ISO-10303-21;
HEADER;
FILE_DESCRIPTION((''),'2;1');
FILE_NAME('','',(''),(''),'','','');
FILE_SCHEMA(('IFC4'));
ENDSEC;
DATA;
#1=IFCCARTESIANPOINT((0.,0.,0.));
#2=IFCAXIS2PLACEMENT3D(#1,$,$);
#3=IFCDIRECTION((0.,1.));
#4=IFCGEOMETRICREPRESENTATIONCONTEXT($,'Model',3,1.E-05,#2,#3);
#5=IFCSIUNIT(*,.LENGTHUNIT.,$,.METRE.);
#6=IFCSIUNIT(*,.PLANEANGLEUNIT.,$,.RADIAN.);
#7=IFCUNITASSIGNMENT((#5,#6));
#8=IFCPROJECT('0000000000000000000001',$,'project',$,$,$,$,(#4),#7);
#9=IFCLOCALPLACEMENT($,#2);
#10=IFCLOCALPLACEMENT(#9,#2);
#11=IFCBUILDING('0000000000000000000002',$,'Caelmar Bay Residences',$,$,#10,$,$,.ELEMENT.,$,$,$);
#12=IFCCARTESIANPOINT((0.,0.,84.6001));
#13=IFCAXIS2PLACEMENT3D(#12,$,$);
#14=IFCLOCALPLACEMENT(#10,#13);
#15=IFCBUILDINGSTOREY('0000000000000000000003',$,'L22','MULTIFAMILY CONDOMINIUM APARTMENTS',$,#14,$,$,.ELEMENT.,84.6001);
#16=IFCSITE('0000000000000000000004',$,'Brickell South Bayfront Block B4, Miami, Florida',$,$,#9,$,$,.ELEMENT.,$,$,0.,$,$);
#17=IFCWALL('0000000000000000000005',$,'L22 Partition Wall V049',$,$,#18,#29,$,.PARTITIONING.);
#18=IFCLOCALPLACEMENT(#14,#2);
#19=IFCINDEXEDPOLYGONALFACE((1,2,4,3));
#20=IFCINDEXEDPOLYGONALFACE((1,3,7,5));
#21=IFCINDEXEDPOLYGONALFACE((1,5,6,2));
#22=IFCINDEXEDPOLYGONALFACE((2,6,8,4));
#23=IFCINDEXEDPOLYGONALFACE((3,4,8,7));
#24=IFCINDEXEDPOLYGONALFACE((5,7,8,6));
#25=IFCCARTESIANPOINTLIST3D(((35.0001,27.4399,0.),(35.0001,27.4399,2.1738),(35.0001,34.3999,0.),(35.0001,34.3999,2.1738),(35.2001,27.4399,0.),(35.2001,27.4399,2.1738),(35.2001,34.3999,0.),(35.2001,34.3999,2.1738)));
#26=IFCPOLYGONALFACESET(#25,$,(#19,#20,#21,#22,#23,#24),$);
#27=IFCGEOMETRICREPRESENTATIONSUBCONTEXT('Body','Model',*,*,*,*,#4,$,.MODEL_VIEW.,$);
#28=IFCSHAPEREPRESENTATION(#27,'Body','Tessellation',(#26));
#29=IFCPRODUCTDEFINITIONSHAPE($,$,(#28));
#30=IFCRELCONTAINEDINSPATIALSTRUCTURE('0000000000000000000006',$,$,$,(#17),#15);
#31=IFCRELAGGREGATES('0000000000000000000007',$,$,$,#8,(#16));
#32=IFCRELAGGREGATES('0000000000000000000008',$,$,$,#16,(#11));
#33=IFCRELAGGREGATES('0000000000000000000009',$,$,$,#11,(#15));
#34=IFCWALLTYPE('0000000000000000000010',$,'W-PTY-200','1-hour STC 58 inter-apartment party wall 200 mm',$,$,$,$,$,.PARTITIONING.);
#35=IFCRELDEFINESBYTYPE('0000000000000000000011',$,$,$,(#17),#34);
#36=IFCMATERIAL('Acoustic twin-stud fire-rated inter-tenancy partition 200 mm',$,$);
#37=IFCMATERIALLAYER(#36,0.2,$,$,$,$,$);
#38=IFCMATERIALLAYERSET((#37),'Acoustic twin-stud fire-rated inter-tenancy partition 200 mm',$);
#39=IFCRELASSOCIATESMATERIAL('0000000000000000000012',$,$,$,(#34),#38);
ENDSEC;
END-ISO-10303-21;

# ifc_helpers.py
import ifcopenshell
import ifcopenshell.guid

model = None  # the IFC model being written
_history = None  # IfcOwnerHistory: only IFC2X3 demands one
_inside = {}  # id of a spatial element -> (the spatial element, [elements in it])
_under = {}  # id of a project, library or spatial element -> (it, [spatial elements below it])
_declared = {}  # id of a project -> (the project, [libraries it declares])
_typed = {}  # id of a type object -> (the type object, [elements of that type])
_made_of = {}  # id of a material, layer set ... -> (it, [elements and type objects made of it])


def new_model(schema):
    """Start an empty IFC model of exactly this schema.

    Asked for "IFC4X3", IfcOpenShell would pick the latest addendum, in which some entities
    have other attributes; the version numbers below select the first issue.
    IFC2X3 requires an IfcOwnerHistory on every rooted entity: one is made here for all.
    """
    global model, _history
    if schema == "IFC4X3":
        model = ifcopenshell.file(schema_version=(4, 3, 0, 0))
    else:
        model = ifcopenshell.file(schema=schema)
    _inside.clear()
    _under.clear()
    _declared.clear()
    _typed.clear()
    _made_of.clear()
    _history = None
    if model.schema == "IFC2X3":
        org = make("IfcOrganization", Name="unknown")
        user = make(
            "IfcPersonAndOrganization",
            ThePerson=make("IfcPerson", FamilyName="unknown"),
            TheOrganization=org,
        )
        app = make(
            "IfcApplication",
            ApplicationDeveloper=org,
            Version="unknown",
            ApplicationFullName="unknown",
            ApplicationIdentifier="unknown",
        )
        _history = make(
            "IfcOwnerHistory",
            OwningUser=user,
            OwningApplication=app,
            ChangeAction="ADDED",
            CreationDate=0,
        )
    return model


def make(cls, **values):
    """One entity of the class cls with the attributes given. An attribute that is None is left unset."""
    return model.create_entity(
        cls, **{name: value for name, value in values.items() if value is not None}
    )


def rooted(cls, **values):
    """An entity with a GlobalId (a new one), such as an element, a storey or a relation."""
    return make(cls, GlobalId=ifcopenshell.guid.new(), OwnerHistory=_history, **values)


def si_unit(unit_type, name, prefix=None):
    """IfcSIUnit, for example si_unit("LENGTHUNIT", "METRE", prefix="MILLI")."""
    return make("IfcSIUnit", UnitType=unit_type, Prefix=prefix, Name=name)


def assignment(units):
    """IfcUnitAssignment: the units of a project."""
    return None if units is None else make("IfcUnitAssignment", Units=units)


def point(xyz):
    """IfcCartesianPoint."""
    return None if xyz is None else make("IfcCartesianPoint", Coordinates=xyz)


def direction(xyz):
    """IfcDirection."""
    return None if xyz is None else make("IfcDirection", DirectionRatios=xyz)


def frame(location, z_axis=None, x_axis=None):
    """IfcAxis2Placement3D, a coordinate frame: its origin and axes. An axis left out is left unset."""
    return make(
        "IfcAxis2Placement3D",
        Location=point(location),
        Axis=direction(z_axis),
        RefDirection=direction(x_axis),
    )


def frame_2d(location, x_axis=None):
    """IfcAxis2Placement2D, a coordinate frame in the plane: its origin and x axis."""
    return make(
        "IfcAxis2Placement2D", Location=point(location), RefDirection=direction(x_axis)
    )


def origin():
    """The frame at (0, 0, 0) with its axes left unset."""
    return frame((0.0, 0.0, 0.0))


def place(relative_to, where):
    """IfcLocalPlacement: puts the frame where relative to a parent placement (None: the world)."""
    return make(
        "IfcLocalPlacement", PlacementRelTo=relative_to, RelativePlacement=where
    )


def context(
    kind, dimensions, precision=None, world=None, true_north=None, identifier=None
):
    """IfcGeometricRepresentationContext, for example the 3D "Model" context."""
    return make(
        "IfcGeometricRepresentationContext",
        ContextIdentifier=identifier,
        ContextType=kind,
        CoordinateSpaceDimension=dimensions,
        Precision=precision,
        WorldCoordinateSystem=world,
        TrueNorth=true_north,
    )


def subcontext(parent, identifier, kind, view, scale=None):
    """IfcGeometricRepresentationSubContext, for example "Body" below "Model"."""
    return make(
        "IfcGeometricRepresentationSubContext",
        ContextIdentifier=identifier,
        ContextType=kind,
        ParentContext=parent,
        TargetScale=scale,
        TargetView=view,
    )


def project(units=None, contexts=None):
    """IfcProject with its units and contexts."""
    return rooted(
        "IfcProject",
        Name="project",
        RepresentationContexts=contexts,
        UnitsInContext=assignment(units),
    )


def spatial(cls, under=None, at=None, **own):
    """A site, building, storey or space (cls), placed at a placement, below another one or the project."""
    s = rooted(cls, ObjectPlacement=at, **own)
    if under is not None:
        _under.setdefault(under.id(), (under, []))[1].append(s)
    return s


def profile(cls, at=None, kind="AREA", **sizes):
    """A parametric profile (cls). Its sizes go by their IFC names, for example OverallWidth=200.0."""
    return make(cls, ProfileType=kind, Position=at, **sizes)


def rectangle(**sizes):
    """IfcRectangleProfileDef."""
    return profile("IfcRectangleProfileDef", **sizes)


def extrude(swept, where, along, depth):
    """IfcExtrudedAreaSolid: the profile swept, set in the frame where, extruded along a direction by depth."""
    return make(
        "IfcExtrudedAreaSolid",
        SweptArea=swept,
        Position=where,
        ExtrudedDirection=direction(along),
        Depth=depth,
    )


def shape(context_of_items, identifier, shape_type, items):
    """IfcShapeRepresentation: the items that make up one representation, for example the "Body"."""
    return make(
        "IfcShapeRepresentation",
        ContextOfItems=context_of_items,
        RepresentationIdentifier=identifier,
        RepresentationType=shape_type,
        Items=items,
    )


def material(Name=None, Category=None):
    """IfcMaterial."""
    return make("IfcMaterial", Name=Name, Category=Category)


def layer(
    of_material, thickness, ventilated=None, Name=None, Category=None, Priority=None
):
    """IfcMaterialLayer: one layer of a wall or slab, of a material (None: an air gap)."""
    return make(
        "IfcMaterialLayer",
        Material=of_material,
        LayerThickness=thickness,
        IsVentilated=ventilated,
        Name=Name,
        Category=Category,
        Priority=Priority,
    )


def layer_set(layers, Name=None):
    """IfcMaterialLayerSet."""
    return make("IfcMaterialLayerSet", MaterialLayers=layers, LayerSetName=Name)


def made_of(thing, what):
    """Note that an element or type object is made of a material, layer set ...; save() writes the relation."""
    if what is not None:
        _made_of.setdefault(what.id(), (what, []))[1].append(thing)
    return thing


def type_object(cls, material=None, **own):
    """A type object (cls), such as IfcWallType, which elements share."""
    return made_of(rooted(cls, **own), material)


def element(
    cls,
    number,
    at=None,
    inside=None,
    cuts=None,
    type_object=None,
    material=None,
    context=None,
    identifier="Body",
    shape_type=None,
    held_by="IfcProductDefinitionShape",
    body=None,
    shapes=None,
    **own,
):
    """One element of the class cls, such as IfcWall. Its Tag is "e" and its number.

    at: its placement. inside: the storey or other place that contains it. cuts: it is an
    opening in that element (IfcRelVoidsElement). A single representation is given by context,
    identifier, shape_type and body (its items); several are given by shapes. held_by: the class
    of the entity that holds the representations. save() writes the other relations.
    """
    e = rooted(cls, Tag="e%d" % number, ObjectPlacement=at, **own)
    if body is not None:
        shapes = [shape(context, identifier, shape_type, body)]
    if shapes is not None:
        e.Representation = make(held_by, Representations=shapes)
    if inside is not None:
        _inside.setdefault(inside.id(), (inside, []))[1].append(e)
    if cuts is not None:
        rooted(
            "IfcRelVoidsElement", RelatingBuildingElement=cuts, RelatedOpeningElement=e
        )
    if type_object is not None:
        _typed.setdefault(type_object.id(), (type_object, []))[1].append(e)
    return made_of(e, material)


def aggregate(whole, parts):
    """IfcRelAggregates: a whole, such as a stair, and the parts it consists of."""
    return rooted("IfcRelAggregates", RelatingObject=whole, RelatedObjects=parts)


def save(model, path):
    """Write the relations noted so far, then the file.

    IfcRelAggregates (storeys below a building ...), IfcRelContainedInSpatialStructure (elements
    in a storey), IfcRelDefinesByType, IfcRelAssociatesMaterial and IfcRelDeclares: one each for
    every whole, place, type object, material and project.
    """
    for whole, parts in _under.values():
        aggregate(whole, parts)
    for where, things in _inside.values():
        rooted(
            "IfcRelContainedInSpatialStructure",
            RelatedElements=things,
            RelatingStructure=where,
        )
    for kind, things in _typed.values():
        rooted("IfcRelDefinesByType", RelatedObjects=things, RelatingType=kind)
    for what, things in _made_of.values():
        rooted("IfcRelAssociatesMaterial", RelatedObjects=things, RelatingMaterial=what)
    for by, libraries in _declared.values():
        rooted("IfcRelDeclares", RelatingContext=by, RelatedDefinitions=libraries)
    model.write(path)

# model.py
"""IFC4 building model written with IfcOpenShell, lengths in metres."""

from ifc_helpers import new_model, si_unit, direction, frame, frame_2d, origin, place, context, subcontext, project, spatial, rectangle, extrude, material, layer, layer_set, type_object, element, save


model = new_model("IFC4")

# Units and contexts
model_context = context("Model", 3, precision=1e-05, world=origin(), true_north=direction((0.0, 1.0)))
body_context = subcontext(model_context, "Body", "Model", "MODEL_VIEW")
ifc_project = project(units=[si_unit("LENGTHUNIT", "METRE"), si_unit("PLANEANGLEUNIT", "RADIAN")], contexts=[model_context])

# Site, building, storey
site_placement = place(None, origin())
site = spatial("IfcSite", under=ifc_project, at=site_placement, Name="Brickell South Bayfront Block B4, Miami, Florida", CompositionType="ELEMENT", RefElevation=0.0)
building_placement = place(site_placement, origin())
building = spatial("IfcBuilding", under=site, at=building_placement, Name="Caelmar Bay Residences", CompositionType="ELEMENT")
storey_placement = place(building_placement, frame((0.0, 0.0, 84.6001)))
storey = spatial("IfcBuildingStorey", under=building, at=storey_placement, Name="L22", Description="MULTIFAMILY CONDOMINIUM APARTMENTS", CompositionType="ELEMENT", Elevation=84.6001)

# Wall
ifc_material_1 = material(Name="Acoustic twin-stud fire-rated inter-tenancy partition 200 mm")
ifc_layer_1 = layer(ifc_material_1, 0.2)
ifc_layer_set_1 = layer_set([ifc_layer_1], Name="Acoustic twin-stud fire-rated inter-tenancy partition 200 mm")
wall_type_1 = type_object("IfcWallType", Name="W-PTY-200", Description="1-hour STC 58 inter-apartment party wall 200 mm", PredefinedType="PARTITIONING", material=ifc_layer_set_1)
wall_1_placement = place(storey_placement, frame((35.1001, 27.4399, 0.0), z_axis=(0.0, 0.0, 1.0), x_axis=(0.0, 1.0, 0.0)))
element("IfcWall", 1, at=wall_1_placement, inside=storey, type_object=wall_type_1, Name="L22 Partition Wall V049", PredefinedType="PARTITIONING", context=body_context, shape_type="SweptSolid", body=[
    extrude(rectangle(XDim=6.96, YDim=0.2, at=frame_2d((3.48, 0.0))), origin(), (0.0, 0.0, 1.0), 2.1738),
])

save(model, "model.ifc")
